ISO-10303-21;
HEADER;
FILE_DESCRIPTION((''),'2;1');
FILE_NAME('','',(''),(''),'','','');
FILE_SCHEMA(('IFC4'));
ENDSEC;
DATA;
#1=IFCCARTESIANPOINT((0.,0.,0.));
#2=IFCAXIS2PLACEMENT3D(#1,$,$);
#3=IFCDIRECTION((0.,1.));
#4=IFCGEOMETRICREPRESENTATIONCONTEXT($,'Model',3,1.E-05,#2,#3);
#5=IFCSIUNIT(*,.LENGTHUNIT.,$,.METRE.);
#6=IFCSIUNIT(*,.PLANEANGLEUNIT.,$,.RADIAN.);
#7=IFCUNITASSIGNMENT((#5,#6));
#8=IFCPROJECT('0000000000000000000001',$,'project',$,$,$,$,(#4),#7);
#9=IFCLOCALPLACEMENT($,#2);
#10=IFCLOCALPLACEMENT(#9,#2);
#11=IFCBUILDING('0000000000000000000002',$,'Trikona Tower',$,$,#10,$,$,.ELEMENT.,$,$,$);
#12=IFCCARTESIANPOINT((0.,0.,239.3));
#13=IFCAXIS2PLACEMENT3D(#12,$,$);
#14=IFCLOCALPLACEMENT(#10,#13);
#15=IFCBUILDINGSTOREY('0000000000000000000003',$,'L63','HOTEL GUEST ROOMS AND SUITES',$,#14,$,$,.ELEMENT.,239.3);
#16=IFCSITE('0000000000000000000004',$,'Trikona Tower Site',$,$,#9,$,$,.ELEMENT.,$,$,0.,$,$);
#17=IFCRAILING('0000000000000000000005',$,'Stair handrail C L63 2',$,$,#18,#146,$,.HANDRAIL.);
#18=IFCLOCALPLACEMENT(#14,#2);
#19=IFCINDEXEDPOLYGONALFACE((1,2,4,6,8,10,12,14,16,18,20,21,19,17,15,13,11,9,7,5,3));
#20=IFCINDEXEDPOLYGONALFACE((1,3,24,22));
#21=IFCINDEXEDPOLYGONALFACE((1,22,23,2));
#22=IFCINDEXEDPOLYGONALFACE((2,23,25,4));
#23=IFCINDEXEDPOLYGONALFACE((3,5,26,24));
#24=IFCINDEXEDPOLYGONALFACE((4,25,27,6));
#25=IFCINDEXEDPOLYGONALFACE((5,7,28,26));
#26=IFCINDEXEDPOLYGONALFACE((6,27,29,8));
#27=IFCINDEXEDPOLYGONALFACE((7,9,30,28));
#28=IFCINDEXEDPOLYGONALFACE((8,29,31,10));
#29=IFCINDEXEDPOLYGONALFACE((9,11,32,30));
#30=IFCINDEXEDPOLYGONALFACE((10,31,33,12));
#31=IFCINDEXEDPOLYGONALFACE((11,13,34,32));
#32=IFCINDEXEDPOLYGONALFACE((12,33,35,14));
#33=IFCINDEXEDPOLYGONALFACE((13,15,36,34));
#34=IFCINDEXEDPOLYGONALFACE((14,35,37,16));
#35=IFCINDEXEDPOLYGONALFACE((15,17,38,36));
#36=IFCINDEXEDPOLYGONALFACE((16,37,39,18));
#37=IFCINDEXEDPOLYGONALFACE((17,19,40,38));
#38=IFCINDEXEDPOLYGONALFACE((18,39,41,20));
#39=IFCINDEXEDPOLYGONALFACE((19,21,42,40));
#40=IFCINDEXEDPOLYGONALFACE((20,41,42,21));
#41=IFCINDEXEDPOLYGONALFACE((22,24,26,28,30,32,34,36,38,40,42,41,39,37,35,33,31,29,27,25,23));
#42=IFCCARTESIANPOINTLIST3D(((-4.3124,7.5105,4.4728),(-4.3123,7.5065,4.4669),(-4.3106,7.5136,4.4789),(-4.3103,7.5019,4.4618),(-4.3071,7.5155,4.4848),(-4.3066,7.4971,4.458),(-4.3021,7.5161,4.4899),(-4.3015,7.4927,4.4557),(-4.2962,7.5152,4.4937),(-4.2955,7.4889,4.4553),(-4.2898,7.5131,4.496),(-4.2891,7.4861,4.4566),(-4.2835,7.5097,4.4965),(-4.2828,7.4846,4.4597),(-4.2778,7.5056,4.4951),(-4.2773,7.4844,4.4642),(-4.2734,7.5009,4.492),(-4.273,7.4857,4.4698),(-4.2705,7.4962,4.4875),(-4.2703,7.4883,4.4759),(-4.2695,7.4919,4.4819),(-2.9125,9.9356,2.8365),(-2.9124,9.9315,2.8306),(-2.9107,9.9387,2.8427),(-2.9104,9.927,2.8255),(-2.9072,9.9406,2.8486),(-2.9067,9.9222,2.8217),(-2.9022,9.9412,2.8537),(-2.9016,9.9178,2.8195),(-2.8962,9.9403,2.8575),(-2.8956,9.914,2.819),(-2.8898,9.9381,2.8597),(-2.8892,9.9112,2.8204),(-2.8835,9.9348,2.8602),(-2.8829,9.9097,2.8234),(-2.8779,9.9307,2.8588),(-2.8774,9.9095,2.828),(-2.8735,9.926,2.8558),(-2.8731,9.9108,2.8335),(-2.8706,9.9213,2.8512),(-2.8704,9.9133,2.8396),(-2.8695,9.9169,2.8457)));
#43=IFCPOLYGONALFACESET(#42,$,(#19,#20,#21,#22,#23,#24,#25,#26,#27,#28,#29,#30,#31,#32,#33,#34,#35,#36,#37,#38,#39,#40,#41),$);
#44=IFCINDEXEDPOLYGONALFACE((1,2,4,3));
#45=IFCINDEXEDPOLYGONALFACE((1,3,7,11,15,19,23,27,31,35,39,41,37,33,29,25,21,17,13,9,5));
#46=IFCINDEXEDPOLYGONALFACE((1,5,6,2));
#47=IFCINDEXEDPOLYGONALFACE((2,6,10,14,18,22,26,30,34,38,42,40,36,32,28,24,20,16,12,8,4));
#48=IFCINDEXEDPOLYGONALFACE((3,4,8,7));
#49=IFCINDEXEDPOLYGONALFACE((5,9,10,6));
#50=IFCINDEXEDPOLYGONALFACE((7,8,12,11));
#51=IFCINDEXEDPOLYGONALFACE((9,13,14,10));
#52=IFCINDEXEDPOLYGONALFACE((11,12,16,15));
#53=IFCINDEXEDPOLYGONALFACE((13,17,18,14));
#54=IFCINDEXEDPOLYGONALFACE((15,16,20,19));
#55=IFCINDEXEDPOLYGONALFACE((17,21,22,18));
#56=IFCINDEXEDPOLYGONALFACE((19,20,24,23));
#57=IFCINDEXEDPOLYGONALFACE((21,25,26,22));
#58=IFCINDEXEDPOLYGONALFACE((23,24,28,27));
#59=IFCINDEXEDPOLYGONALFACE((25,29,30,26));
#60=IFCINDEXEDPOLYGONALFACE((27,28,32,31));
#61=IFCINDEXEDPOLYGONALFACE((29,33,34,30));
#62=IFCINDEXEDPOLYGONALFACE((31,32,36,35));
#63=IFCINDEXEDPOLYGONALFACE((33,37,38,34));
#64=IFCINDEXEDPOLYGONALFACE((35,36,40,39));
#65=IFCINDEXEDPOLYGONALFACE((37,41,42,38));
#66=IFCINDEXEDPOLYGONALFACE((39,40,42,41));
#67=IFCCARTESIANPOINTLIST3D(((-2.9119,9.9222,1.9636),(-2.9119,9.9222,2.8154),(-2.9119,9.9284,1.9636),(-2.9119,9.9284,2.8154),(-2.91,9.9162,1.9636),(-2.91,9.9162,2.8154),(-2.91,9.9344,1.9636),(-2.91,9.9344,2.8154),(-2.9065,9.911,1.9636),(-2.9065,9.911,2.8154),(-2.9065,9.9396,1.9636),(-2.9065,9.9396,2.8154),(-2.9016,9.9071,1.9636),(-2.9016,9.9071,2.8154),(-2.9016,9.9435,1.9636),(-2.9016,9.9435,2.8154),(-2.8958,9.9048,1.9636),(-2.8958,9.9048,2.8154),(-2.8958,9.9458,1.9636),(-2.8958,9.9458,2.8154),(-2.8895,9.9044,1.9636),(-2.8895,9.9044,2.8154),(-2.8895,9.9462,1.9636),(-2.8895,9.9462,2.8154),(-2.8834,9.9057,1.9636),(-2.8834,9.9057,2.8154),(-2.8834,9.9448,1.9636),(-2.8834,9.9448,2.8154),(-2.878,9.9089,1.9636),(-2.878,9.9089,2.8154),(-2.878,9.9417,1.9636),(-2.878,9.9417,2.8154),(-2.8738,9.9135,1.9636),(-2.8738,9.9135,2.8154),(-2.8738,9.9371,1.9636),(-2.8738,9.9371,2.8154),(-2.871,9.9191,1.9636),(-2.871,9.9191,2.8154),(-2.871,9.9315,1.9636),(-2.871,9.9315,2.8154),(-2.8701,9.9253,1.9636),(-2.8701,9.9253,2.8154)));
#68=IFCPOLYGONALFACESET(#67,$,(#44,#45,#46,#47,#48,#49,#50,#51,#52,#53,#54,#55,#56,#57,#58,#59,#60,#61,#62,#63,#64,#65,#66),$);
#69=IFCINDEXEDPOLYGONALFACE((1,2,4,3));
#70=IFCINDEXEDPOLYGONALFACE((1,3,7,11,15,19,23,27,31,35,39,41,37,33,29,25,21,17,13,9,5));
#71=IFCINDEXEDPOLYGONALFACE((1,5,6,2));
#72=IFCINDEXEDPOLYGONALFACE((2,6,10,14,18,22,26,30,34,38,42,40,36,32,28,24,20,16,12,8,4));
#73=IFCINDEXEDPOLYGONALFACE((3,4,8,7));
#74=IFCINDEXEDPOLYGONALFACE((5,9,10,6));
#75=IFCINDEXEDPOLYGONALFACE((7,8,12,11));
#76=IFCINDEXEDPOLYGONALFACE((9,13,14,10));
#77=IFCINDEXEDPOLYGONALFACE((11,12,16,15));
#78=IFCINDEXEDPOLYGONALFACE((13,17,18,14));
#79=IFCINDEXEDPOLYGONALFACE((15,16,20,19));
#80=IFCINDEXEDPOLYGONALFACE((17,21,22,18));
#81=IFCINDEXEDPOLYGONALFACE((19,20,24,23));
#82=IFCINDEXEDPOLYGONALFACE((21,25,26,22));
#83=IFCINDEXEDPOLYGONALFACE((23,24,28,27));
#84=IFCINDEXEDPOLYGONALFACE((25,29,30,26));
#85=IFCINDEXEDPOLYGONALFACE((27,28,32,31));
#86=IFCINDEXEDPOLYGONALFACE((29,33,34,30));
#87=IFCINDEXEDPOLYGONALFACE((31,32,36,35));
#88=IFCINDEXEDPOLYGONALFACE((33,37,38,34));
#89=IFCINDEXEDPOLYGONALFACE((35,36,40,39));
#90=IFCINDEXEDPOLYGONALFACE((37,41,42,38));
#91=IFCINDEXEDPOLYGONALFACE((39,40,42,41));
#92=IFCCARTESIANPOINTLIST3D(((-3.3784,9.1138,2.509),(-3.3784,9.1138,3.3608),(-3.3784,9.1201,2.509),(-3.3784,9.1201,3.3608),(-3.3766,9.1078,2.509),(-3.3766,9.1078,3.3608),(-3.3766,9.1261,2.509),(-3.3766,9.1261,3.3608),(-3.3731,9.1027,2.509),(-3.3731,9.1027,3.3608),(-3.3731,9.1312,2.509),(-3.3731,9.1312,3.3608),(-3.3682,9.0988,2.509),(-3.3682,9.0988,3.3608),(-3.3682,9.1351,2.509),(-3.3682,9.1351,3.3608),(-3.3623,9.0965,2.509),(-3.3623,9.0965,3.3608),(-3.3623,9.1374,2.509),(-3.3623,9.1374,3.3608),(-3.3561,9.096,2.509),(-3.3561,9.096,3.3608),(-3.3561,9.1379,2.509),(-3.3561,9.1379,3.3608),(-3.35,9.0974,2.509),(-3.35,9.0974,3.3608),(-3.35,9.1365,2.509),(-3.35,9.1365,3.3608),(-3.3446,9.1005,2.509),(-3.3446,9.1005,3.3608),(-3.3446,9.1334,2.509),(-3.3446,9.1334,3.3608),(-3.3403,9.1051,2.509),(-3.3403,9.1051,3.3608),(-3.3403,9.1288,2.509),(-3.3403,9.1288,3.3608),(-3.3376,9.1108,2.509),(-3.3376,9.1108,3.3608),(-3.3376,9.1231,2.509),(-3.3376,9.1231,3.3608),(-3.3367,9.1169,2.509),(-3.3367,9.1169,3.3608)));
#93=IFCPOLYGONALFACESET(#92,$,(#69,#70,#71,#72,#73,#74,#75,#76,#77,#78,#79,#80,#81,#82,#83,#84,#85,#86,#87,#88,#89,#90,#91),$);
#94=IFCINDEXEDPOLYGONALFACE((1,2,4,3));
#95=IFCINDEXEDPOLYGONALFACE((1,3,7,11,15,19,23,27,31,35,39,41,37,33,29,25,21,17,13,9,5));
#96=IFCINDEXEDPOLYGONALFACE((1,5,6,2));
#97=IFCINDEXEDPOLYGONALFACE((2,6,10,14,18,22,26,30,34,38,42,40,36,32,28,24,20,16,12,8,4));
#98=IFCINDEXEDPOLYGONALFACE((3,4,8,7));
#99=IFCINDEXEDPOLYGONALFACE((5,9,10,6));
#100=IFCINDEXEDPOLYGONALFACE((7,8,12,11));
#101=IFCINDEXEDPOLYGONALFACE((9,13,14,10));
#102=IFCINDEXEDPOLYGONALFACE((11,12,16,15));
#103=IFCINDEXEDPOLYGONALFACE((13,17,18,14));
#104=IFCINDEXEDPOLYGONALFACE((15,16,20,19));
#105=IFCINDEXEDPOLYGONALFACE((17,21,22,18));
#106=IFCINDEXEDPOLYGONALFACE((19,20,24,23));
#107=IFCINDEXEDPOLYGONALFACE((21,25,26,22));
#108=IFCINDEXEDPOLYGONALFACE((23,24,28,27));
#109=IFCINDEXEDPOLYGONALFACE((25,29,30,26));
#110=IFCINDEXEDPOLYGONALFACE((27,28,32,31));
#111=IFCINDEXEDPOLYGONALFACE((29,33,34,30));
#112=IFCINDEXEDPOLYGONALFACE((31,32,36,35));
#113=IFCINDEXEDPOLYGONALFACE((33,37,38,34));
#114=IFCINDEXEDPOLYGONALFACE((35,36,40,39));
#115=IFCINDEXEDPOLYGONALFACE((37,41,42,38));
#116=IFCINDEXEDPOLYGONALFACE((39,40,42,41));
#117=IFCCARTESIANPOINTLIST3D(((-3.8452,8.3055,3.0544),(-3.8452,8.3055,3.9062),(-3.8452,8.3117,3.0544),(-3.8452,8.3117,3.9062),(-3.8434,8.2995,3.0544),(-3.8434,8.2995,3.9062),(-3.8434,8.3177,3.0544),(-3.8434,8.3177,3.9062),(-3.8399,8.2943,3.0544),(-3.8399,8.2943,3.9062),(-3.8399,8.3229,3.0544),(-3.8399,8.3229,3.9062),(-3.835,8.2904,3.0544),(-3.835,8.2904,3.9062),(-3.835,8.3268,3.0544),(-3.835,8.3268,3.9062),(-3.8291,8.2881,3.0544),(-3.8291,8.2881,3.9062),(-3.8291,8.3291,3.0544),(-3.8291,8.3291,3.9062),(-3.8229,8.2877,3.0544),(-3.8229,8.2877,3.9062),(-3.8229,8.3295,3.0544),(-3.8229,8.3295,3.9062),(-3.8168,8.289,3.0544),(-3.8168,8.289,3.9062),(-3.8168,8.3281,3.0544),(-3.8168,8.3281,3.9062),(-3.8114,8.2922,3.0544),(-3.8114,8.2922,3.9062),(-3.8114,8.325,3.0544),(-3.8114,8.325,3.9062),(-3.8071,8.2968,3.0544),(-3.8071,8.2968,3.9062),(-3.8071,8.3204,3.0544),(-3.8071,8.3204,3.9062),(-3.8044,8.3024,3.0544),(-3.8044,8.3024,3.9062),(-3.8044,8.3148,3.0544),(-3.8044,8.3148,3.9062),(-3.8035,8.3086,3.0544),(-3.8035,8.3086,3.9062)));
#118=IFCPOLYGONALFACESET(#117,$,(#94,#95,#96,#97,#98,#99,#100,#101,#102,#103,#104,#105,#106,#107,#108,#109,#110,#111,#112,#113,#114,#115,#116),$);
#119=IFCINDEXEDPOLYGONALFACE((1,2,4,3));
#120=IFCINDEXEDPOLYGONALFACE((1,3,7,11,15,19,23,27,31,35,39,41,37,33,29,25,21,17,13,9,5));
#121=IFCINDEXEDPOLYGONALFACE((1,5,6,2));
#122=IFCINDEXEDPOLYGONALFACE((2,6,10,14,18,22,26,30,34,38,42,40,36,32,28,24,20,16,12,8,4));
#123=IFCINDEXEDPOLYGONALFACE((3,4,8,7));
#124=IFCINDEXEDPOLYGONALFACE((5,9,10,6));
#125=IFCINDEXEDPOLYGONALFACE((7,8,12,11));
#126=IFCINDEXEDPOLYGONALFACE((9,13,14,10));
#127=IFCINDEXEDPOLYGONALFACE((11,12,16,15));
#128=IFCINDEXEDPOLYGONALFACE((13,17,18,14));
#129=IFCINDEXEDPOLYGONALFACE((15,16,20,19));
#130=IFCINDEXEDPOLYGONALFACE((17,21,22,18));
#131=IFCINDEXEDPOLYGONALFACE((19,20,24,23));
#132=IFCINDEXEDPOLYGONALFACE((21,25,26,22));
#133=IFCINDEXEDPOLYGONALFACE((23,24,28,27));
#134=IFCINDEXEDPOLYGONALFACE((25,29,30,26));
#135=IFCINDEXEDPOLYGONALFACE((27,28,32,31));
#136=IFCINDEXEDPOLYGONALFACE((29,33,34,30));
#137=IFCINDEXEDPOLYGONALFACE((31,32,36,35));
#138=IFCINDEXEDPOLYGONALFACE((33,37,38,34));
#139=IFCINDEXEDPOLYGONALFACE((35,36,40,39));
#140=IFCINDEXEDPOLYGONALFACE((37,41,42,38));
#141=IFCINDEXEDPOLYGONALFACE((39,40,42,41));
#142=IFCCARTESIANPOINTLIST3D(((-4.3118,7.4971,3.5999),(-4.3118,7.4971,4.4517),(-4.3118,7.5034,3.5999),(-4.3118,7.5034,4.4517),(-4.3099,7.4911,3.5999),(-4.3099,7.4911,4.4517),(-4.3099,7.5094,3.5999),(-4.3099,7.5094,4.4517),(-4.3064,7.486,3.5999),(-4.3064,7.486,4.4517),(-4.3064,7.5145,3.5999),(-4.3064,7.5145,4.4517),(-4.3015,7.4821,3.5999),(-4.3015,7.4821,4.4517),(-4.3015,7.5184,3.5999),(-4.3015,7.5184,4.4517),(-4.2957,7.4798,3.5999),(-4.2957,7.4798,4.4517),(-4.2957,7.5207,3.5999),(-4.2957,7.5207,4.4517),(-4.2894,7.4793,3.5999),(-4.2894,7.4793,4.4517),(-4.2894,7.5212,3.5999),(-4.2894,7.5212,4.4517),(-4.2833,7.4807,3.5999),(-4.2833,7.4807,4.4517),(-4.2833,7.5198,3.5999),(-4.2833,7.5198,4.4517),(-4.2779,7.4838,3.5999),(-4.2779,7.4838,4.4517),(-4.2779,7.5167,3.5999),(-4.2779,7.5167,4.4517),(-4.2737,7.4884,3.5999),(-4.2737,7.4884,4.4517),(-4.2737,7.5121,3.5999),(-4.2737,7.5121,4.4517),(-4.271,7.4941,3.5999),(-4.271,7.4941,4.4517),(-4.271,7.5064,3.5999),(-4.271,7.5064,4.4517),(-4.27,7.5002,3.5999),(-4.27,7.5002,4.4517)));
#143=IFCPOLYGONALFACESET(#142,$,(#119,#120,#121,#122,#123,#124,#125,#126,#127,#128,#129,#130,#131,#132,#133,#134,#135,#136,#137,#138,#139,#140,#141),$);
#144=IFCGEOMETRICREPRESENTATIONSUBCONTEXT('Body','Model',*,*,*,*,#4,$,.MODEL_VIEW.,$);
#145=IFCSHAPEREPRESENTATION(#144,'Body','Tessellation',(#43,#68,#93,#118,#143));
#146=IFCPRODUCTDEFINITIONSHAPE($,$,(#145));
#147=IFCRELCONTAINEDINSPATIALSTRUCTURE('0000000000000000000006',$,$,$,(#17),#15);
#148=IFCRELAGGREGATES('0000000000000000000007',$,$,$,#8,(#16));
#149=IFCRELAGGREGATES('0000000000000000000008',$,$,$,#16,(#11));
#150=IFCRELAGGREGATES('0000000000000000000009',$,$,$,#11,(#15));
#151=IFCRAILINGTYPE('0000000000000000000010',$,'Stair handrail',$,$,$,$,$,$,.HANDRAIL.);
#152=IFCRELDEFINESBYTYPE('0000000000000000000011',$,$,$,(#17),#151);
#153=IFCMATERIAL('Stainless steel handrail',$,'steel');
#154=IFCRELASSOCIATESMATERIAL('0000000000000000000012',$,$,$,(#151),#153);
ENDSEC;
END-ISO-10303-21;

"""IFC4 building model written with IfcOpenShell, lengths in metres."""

from ifc_helpers import new_model, si_unit, direction, frame, origin, origin_2d, place, context, subcontext, project, spatial, circle, extrude, material, type_object, element, save


model = new_model("IFC4")

# Units and contexts
model_context = context("Model", 3, precision=1e-05, world=origin(), true_north=direction((0.0, 1.0)))
body_context = subcontext(model_context, "Body", "Model", "MODEL_VIEW")
ifc_project = project(units=[si_unit("LENGTHUNIT", "METRE"), si_unit("PLANEANGLEUNIT", "RADIAN")], contexts=[model_context])

# Site, building, storey
site_placement = place(None, origin())
site = spatial("IfcSite", under=ifc_project, at=site_placement, Name="Trikona Tower Site", CompositionType="ELEMENT", RefElevation=0.0)
building_placement = place(site_placement, origin())
building = spatial("IfcBuilding", under=site, at=building_placement, Name="Trikona Tower", CompositionType="ELEMENT")
storey_placement = place(building_placement, frame((0.0, 0.0, 239.3)))
storey = spatial("IfcBuildingStorey", under=building, at=storey_placement, Name="L63", Description="HOTEL GUEST ROOMS AND SUITES", CompositionType="ELEMENT", Elevation=239.3)

# Railing
ifc_material_1 = material(Name="Stainless steel handrail", Category="steel")
railing_type = type_object("IfcRailingType", Name="Stair handrail", PredefinedType="HANDRAIL", material=ifc_material_1)
railing_1_placement = place(storey_placement, frame((-2.8911, 9.9253, 1.9636)))
element("IfcRailing", 1, at=railing_1_placement, inside=storey, type_object=railing_type, Name="Stair handrail C L63 2", PredefinedType="HANDRAIL", context=body_context, shape_type="SweptSolid", body=[
    extrude(circle(Radius=0.0239, at=origin_2d()), frame((0.0, 0.0, 0.876), z_axis=(-0.431653, -0.747751, 0.504523), x_axis=(0.866056, -0.499946, 0.0)), (0.0, 0.0, 1.0), 3.2432),
    extrude(circle(Radius=0.021, at=origin_2d()), origin(), (0.0, 0.0, 1.0), 0.8518),
    extrude(circle(Radius=0.021, at=origin_2d()), frame((-0.4666, -0.8083, 0.5454)), (0.0, 0.0, 1.0), 0.8518),
    extrude(circle(Radius=0.021, at=origin_2d()), frame((-0.9333, -1.6167, 1.0908)), (0.0, 0.0, 1.0), 0.8518),
    extrude(circle(Radius=0.021, at=origin_2d()), frame((-1.3999, -2.425, 1.6362)), (0.0, 0.0, 1.0), 0.8518),
])

save(model, "model.ifc")
